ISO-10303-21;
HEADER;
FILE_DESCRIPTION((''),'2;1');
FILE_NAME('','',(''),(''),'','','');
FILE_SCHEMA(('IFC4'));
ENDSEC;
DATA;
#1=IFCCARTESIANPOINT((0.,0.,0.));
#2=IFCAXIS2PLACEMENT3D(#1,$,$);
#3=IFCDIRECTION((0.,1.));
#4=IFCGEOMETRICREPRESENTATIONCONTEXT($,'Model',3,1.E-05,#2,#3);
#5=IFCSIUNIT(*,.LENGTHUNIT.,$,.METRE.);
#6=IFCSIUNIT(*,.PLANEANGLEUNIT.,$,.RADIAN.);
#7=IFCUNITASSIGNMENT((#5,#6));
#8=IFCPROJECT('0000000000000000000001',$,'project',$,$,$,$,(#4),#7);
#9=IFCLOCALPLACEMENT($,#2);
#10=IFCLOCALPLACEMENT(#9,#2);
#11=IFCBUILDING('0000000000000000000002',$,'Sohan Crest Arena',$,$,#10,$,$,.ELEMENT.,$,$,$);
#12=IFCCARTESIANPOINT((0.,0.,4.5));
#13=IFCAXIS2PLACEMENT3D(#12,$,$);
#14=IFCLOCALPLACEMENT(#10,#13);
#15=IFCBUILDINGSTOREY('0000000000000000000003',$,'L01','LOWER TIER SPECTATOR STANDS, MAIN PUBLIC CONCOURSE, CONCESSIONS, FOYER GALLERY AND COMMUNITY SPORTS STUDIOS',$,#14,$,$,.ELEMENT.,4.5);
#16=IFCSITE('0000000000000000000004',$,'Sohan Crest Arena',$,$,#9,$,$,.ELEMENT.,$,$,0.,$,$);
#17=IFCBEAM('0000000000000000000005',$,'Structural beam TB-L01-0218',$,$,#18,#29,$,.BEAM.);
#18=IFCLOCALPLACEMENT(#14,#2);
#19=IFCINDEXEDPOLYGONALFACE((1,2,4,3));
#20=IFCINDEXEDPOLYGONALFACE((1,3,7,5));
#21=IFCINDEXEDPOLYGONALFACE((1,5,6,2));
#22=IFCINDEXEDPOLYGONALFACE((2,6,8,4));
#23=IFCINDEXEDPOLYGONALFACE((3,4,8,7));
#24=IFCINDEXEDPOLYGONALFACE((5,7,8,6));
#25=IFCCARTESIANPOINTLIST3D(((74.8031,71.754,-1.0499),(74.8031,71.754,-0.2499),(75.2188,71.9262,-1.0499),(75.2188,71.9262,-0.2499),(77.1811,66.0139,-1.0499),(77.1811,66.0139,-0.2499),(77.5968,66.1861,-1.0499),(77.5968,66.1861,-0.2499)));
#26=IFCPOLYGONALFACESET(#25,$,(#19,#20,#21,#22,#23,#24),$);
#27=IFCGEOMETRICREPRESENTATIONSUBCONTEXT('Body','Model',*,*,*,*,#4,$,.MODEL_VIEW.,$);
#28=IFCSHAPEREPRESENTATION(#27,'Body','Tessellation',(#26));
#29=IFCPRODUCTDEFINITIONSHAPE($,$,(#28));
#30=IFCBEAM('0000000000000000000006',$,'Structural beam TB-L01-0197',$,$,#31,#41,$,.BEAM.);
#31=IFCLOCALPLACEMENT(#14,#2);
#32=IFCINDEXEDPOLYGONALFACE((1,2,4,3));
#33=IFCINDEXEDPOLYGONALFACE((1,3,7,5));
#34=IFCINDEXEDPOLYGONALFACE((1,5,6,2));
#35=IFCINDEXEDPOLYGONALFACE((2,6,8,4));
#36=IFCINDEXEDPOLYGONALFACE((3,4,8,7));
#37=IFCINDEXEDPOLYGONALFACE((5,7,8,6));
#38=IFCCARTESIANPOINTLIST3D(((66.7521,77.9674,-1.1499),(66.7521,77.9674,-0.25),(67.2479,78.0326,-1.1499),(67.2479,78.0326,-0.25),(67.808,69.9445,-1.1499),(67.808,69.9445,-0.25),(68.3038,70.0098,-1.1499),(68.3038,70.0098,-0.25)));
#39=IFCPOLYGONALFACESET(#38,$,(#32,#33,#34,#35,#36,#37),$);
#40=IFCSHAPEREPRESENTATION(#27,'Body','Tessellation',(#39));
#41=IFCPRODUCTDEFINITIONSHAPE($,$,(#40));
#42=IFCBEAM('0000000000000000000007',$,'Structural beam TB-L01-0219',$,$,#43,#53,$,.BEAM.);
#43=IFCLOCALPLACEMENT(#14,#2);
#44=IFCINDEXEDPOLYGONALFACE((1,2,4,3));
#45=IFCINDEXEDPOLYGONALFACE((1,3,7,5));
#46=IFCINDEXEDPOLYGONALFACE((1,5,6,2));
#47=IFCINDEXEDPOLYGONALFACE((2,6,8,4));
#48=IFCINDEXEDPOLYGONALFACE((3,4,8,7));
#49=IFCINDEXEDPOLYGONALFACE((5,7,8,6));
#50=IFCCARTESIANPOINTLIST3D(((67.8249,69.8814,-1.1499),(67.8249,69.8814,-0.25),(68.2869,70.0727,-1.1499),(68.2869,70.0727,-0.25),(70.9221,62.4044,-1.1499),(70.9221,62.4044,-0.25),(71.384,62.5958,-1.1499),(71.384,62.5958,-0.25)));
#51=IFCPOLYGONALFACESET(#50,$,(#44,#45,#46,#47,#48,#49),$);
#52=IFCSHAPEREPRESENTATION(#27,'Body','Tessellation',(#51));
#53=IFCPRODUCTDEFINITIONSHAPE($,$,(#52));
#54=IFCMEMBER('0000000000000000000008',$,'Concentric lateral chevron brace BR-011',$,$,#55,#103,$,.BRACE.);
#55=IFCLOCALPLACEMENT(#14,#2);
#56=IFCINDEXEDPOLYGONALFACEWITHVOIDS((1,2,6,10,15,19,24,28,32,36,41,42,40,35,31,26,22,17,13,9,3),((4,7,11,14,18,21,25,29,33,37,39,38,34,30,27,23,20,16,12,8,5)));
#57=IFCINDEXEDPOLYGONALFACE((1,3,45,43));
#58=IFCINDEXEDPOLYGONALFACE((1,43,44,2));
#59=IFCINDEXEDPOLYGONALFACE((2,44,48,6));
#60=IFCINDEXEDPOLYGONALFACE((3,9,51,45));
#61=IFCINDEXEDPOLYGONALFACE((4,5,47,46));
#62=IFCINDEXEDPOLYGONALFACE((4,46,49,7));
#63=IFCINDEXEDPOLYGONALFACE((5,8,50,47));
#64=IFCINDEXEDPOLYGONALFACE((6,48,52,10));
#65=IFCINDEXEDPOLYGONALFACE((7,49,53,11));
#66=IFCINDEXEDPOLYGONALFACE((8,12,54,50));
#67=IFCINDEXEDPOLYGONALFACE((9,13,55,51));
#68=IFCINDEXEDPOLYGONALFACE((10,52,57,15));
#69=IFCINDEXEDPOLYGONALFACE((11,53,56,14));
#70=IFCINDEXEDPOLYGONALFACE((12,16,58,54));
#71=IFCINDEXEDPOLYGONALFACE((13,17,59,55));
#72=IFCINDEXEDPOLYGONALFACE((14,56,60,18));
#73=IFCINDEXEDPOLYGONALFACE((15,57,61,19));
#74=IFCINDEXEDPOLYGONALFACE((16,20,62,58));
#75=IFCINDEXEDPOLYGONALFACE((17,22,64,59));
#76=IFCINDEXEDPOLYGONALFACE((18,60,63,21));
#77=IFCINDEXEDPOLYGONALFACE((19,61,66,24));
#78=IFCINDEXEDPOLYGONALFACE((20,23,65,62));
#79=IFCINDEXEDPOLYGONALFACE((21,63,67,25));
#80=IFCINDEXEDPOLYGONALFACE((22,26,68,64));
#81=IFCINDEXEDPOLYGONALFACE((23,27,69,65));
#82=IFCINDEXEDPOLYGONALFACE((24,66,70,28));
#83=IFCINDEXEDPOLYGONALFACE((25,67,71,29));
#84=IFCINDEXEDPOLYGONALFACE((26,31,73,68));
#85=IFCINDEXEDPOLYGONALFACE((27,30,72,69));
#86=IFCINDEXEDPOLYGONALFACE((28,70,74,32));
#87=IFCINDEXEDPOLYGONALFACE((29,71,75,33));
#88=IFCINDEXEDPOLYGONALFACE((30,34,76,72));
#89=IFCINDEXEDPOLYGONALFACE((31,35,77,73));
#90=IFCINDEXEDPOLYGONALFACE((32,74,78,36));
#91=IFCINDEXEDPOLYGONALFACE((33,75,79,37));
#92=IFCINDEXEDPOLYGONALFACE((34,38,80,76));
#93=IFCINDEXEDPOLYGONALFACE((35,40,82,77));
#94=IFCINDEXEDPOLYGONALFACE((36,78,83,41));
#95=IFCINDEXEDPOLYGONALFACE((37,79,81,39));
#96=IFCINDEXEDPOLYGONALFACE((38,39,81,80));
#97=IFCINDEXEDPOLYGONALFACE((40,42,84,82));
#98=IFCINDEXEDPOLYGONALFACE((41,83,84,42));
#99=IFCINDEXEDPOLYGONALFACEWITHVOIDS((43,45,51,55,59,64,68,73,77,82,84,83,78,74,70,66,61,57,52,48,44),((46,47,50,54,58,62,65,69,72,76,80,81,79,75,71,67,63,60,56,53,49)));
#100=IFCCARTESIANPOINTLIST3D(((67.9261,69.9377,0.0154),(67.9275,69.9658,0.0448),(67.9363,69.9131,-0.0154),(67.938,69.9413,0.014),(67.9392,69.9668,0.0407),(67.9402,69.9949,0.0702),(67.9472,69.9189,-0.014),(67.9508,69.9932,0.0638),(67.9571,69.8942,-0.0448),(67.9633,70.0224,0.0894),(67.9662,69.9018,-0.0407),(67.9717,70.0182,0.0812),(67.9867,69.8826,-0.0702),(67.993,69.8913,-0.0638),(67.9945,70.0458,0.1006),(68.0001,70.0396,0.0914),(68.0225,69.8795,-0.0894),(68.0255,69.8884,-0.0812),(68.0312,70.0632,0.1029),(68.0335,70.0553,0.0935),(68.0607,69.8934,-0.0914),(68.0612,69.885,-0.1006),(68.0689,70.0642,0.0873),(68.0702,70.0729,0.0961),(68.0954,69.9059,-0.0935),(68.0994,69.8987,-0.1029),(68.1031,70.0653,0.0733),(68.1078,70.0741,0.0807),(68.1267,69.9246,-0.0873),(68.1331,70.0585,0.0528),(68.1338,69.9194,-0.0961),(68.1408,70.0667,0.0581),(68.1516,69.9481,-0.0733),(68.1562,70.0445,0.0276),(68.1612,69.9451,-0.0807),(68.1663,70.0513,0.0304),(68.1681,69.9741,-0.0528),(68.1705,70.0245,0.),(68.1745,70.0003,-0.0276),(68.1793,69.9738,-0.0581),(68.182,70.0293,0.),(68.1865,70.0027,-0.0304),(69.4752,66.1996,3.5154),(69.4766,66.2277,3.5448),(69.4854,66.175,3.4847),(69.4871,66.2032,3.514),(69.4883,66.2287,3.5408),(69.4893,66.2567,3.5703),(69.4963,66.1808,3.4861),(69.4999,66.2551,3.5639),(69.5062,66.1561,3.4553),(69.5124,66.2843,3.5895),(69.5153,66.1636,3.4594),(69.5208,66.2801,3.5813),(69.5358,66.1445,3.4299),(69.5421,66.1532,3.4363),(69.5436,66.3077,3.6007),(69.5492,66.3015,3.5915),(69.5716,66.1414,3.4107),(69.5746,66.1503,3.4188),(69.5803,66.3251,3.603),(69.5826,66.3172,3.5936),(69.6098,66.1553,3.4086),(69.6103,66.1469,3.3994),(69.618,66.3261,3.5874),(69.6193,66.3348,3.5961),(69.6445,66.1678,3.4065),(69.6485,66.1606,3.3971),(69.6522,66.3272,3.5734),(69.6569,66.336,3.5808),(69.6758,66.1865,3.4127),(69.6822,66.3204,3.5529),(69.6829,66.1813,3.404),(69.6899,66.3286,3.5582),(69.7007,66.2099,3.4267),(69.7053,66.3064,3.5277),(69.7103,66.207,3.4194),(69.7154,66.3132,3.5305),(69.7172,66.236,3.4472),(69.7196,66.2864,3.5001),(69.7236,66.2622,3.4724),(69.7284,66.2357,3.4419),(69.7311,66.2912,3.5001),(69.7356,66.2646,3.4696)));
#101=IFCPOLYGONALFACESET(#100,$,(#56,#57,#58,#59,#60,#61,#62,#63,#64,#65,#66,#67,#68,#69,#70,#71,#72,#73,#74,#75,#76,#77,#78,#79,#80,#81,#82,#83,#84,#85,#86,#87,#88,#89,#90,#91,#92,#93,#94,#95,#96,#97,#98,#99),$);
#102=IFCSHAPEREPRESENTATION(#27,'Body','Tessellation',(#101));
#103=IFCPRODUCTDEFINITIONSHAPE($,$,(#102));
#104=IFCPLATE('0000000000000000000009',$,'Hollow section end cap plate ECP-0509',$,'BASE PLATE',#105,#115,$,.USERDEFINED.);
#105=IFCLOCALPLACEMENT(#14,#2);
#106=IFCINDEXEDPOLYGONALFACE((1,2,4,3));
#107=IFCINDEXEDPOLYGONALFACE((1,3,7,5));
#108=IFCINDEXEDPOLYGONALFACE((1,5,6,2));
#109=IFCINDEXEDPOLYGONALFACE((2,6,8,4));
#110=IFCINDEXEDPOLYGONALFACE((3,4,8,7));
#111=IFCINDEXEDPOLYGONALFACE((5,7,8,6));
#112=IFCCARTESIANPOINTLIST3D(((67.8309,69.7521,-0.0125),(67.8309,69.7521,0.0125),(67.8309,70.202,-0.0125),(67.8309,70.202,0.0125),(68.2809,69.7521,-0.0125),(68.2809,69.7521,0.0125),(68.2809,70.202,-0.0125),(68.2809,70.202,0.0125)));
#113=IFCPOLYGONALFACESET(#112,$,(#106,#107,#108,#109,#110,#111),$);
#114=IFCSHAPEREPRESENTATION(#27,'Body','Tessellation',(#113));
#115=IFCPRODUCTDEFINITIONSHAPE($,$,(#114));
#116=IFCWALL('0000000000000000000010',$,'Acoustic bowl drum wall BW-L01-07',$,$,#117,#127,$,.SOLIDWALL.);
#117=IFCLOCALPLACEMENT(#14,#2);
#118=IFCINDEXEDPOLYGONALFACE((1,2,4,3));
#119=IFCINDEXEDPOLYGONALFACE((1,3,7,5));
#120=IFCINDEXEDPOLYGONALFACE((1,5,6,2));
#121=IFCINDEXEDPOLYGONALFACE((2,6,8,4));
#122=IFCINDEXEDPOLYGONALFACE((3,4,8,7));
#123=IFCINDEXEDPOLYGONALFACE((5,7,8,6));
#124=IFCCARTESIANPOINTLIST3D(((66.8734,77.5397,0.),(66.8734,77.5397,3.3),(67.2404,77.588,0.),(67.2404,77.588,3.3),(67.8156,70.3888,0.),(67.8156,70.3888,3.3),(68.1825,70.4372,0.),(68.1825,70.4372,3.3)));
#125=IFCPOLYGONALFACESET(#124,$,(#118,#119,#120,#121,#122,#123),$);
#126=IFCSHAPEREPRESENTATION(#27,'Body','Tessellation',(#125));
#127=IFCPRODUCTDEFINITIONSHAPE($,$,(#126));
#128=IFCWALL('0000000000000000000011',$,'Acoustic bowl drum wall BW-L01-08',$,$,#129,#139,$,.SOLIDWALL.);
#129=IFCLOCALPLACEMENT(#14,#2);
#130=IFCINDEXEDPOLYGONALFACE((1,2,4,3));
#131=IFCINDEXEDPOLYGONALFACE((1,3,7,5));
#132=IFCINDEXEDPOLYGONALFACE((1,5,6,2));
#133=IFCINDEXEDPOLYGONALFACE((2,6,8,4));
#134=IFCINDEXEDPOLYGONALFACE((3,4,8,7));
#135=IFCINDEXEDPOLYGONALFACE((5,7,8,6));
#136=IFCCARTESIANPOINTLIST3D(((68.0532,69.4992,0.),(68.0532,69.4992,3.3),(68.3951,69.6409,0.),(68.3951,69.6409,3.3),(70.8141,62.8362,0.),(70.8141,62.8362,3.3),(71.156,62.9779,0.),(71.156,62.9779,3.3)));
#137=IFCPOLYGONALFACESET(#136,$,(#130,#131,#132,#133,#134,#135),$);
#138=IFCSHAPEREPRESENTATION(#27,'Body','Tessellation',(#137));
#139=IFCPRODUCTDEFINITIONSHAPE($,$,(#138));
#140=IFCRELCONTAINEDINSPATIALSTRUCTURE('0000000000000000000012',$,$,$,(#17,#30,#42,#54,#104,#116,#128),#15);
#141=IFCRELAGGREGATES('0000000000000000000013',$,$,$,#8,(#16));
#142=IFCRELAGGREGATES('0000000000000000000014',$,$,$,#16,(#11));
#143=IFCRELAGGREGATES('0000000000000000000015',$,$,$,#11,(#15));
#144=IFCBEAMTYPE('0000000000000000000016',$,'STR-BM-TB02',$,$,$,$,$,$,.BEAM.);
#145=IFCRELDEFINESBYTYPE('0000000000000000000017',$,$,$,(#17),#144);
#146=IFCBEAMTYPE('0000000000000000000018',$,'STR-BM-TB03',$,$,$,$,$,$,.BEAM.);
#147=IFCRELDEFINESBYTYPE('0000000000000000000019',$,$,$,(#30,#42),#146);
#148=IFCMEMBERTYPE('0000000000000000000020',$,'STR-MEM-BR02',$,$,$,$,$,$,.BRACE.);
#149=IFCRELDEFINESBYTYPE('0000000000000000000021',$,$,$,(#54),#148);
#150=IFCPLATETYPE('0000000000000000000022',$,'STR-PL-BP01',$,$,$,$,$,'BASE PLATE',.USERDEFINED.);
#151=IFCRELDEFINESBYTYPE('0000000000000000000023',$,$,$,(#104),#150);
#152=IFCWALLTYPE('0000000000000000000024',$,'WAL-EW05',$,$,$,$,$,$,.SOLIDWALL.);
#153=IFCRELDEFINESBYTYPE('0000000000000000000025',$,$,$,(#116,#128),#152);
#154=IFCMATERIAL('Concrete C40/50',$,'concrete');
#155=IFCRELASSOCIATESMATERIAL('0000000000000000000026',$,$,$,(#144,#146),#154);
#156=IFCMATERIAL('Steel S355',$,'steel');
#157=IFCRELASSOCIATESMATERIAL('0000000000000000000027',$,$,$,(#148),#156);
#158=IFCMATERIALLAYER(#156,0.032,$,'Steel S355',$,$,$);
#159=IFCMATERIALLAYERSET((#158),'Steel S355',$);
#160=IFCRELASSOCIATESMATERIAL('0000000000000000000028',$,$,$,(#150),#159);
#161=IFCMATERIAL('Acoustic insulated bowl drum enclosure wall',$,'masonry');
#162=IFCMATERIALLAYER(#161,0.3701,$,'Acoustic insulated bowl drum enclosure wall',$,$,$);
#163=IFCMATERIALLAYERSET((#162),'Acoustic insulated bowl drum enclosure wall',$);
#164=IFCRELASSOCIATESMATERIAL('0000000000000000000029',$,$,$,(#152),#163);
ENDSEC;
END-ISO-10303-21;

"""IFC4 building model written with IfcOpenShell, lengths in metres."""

from ifc_helpers import new_model, si_unit, direction, frame, frame_2d, origin, origin_2d, place, context, subcontext, project, spatial, rectangle, hollow_circle, extrude, material, layer, layer_set, material_profile, profile_set, type_object, element, save


model = new_model("IFC4")

# Units and contexts
model_context = context("Model", 3, precision=1e-05, world=origin(), true_north=direction((0.0, 1.0)))
body_context = subcontext(model_context, "Body", "Model", "MODEL_VIEW")
ifc_project = project(units=[si_unit("LENGTHUNIT", "METRE"), si_unit("PLANEANGLEUNIT", "RADIAN")], contexts=[model_context])

# Site, building, storey
site_placement = place(None, origin())
site = spatial("IfcSite", under=ifc_project, at=site_placement, Name="Sohan Crest Arena", CompositionType="ELEMENT", RefElevation=0.0)
building_placement = place(site_placement, origin())
building = spatial("IfcBuilding", under=site, at=building_placement, Name="Sohan Crest Arena", CompositionType="ELEMENT")
storey_placement = place(building_placement, frame((0.0, 0.0, 4.5)))
storey = spatial("IfcBuildingStorey", under=building, at=storey_placement, Name="L01", Description="LOWER TIER SPECTATOR STANDS, MAIN PUBLIC CONCOURSE, CONCESSIONS, FOYER GALLERY AND COMMUNITY SPORTS STUDIOS", CompositionType="ELEMENT", Elevation=4.5)

# Shared definitions
ifc_material_1 = material(Name="Concrete C40/50", Category="concrete")

# Beams
ifc_material_2 = material(Name="Steel S355", Category="steel")
ifc_material_profile_1 = material_profile(ifc_material_1, rectangle(XDim=0.45, YDim=0.8, at=origin_2d()), Name="RC-BM 450x800")
ifc_profile_set_1 = profile_set([ifc_material_profile_1], Name="Concrete C40/50")
beam_type_1 = type_object("IfcBeamType", Name="STR-BM-TB02", PredefinedType="BEAM", material=ifc_profile_set_1)
beam_1_placement = place(storey_placement, frame((75.011, 71.8401, -0.6499), z_axis=(0.382731, -0.92386, 0.0), x_axis=(0.92386, 0.382731, 0.0)))
element("IfcBeam", 1, at=beam_1_placement, inside=storey, type_object=beam_type_1, Name="Structural beam TB-L01-0218", PredefinedType="BEAM", context=body_context, shape_type="SweptSolid", body=[
    extrude(rectangle(XDim=0.45, YDim=0.8, at=origin_2d()), origin(), (0.0, 0.0, 1.0), 6.2131),
])
ifc_material_profile_2 = material_profile(ifc_material_1, rectangle(XDim=0.5, YDim=0.8999, at=origin_2d()), Name="RC-BM 500x900")
ifc_profile_set_2 = profile_set([ifc_material_profile_2], Name="Concrete C40/50")
beam_type_2 = type_object("IfcBeamType", Name="STR-BM-TB03", PredefinedType="BEAM", material=ifc_profile_set_2)
beam_2_placement = place(storey_placement, frame((67.0, 78.0, -0.7), z_axis=(0.130486, -0.99145, 0.0), x_axis=(0.99145, 0.130486, 0.0)))
element("IfcBeam", 2, at=beam_2_placement, inside=storey, type_object=beam_type_2, Name="Structural beam TB-L01-0197", PredefinedType="BEAM", context=body_context, shape_type="SweptSolid", body=[
    extrude(rectangle(XDim=0.5, YDim=0.8999, at=origin_2d()), origin(), (0.0, 0.0, 1.0), 8.092),
])
beam_3_placement = place(storey_placement, frame((68.0559, 69.9771, -0.7), z_axis=(0.382691, -0.923876, 0.0), x_axis=(0.923876, 0.382691, 0.0)))
element("IfcBeam", 3, at=beam_3_placement, inside=storey, type_object=beam_type_2, Name="Structural beam TB-L01-0219", PredefinedType="BEAM", context=body_context, shape_type="SweptSolid", body=[
    extrude(rectangle(XDim=0.5, YDim=0.8999, at=origin_2d()), origin(), (0.0, 0.0, 1.0), 8.093),
])

# Member
ifc_material_profile_3 = material_profile(ifc_material_2, hollow_circle(Radius=0.1365, WallThickness=0.0125, at=origin_2d()), Name="CHS 273x12.5")
ifc_profile_set_3 = profile_set([ifc_material_profile_3], Name="Steel S355")
member_type = type_object("IfcMemberType", Name="STR-MEM-BR02", PredefinedType="BRACE", material=ifc_profile_set_3)
member_placement = place(storey_placement, frame((68.0559, 69.9771, 0.0), z_axis=(0.289546, -0.698698, 0.654205), x_axis=(0.923816, 0.382837, 0.0)))
element("IfcMember", 4, at=member_placement, inside=storey, type_object=member_type, Name="Concentric lateral chevron brace BR-011", PredefinedType="BRACE", context=body_context, shape_type="SweptSolid", body=[
    extrude(hollow_circle(Radius=0.1365, WallThickness=0.0125, at=origin_2d()), origin(), (0.0, 0.0, 1.0), 5.3501),
])

# Plate
ifc_layer_1 = layer(ifc_material_2, 0.032, Name="Steel S355")
ifc_layer_set_1 = layer_set([ifc_layer_1], Name="Steel S355")
plate_type = type_object("IfcPlateType", Name="STR-PL-BP01", ElementType="BASE PLATE", PredefinedType="USERDEFINED", material=ifc_layer_set_1)
plate_placement = place(storey_placement, frame((68.0559, 69.9771, -0.0125), z_axis=(0.0, 0.0, 1.0), x_axis=(1.0, 0.0, 0.0)))
element("IfcPlate", 5, at=plate_placement, inside=storey, type_object=plate_type, Name="Hollow section end cap plate ECP-0509", ObjectType="BASE PLATE", PredefinedType="USERDEFINED", context=body_context, shape_type="SweptSolid", body=[
    extrude(rectangle(XDim=0.45, YDim=0.45, at=origin_2d()), origin(), (0.0, 0.0, 1.0), 0.0249),
])

# Walls
ifc_material_3 = material(Name="Acoustic insulated bowl drum enclosure wall", Category="masonry")
ifc_layer_2 = layer(ifc_material_3, 0.3701, Name="Acoustic insulated bowl drum enclosure wall")
ifc_layer_set_2 = layer_set([ifc_layer_2], Name="Acoustic insulated bowl drum enclosure wall")
wall_type = type_object("IfcWallType", Name="WAL-EW05", PredefinedType="SOLIDWALL", material=ifc_layer_set_2)
wall_1_placement = place(storey_placement, frame((67.0569, 77.564, 0.0), z_axis=(0.0, 0.0, 1.0), x_axis=(0.130623, -0.991432, 0.0)))
element("IfcWall", 6, at=wall_1_placement, inside=storey, type_object=wall_type, Name="Acoustic bowl drum wall BW-L01-07", PredefinedType="SOLIDWALL", context=body_context, shape_type="SweptSolid", body=[
    extrude(rectangle(XDim=7.2126, YDim=0.3701, at=frame_2d((3.6064, 0.0))), origin(), (0.0, 0.0, 1.0), 3.3),
])
wall_2_placement = place(storey_placement, frame((68.2241, 69.5701, 0.0), z_axis=(0.0, 0.0, 1.0), x_axis=(0.382807, -0.923828, 0.0)))
element("IfcWall", 7, at=wall_2_placement, inside=storey, type_object=wall_type, Name="Acoustic bowl drum wall BW-L01-08", PredefinedType="SOLIDWALL", context=body_context, shape_type="SweptSolid", body=[
    extrude(rectangle(XDim=7.2124, YDim=0.3701, at=frame_2d((3.6062, 0.0))), origin(), (0.0, 0.0, 1.0), 3.3),
])

save(model, "model.ifc")
